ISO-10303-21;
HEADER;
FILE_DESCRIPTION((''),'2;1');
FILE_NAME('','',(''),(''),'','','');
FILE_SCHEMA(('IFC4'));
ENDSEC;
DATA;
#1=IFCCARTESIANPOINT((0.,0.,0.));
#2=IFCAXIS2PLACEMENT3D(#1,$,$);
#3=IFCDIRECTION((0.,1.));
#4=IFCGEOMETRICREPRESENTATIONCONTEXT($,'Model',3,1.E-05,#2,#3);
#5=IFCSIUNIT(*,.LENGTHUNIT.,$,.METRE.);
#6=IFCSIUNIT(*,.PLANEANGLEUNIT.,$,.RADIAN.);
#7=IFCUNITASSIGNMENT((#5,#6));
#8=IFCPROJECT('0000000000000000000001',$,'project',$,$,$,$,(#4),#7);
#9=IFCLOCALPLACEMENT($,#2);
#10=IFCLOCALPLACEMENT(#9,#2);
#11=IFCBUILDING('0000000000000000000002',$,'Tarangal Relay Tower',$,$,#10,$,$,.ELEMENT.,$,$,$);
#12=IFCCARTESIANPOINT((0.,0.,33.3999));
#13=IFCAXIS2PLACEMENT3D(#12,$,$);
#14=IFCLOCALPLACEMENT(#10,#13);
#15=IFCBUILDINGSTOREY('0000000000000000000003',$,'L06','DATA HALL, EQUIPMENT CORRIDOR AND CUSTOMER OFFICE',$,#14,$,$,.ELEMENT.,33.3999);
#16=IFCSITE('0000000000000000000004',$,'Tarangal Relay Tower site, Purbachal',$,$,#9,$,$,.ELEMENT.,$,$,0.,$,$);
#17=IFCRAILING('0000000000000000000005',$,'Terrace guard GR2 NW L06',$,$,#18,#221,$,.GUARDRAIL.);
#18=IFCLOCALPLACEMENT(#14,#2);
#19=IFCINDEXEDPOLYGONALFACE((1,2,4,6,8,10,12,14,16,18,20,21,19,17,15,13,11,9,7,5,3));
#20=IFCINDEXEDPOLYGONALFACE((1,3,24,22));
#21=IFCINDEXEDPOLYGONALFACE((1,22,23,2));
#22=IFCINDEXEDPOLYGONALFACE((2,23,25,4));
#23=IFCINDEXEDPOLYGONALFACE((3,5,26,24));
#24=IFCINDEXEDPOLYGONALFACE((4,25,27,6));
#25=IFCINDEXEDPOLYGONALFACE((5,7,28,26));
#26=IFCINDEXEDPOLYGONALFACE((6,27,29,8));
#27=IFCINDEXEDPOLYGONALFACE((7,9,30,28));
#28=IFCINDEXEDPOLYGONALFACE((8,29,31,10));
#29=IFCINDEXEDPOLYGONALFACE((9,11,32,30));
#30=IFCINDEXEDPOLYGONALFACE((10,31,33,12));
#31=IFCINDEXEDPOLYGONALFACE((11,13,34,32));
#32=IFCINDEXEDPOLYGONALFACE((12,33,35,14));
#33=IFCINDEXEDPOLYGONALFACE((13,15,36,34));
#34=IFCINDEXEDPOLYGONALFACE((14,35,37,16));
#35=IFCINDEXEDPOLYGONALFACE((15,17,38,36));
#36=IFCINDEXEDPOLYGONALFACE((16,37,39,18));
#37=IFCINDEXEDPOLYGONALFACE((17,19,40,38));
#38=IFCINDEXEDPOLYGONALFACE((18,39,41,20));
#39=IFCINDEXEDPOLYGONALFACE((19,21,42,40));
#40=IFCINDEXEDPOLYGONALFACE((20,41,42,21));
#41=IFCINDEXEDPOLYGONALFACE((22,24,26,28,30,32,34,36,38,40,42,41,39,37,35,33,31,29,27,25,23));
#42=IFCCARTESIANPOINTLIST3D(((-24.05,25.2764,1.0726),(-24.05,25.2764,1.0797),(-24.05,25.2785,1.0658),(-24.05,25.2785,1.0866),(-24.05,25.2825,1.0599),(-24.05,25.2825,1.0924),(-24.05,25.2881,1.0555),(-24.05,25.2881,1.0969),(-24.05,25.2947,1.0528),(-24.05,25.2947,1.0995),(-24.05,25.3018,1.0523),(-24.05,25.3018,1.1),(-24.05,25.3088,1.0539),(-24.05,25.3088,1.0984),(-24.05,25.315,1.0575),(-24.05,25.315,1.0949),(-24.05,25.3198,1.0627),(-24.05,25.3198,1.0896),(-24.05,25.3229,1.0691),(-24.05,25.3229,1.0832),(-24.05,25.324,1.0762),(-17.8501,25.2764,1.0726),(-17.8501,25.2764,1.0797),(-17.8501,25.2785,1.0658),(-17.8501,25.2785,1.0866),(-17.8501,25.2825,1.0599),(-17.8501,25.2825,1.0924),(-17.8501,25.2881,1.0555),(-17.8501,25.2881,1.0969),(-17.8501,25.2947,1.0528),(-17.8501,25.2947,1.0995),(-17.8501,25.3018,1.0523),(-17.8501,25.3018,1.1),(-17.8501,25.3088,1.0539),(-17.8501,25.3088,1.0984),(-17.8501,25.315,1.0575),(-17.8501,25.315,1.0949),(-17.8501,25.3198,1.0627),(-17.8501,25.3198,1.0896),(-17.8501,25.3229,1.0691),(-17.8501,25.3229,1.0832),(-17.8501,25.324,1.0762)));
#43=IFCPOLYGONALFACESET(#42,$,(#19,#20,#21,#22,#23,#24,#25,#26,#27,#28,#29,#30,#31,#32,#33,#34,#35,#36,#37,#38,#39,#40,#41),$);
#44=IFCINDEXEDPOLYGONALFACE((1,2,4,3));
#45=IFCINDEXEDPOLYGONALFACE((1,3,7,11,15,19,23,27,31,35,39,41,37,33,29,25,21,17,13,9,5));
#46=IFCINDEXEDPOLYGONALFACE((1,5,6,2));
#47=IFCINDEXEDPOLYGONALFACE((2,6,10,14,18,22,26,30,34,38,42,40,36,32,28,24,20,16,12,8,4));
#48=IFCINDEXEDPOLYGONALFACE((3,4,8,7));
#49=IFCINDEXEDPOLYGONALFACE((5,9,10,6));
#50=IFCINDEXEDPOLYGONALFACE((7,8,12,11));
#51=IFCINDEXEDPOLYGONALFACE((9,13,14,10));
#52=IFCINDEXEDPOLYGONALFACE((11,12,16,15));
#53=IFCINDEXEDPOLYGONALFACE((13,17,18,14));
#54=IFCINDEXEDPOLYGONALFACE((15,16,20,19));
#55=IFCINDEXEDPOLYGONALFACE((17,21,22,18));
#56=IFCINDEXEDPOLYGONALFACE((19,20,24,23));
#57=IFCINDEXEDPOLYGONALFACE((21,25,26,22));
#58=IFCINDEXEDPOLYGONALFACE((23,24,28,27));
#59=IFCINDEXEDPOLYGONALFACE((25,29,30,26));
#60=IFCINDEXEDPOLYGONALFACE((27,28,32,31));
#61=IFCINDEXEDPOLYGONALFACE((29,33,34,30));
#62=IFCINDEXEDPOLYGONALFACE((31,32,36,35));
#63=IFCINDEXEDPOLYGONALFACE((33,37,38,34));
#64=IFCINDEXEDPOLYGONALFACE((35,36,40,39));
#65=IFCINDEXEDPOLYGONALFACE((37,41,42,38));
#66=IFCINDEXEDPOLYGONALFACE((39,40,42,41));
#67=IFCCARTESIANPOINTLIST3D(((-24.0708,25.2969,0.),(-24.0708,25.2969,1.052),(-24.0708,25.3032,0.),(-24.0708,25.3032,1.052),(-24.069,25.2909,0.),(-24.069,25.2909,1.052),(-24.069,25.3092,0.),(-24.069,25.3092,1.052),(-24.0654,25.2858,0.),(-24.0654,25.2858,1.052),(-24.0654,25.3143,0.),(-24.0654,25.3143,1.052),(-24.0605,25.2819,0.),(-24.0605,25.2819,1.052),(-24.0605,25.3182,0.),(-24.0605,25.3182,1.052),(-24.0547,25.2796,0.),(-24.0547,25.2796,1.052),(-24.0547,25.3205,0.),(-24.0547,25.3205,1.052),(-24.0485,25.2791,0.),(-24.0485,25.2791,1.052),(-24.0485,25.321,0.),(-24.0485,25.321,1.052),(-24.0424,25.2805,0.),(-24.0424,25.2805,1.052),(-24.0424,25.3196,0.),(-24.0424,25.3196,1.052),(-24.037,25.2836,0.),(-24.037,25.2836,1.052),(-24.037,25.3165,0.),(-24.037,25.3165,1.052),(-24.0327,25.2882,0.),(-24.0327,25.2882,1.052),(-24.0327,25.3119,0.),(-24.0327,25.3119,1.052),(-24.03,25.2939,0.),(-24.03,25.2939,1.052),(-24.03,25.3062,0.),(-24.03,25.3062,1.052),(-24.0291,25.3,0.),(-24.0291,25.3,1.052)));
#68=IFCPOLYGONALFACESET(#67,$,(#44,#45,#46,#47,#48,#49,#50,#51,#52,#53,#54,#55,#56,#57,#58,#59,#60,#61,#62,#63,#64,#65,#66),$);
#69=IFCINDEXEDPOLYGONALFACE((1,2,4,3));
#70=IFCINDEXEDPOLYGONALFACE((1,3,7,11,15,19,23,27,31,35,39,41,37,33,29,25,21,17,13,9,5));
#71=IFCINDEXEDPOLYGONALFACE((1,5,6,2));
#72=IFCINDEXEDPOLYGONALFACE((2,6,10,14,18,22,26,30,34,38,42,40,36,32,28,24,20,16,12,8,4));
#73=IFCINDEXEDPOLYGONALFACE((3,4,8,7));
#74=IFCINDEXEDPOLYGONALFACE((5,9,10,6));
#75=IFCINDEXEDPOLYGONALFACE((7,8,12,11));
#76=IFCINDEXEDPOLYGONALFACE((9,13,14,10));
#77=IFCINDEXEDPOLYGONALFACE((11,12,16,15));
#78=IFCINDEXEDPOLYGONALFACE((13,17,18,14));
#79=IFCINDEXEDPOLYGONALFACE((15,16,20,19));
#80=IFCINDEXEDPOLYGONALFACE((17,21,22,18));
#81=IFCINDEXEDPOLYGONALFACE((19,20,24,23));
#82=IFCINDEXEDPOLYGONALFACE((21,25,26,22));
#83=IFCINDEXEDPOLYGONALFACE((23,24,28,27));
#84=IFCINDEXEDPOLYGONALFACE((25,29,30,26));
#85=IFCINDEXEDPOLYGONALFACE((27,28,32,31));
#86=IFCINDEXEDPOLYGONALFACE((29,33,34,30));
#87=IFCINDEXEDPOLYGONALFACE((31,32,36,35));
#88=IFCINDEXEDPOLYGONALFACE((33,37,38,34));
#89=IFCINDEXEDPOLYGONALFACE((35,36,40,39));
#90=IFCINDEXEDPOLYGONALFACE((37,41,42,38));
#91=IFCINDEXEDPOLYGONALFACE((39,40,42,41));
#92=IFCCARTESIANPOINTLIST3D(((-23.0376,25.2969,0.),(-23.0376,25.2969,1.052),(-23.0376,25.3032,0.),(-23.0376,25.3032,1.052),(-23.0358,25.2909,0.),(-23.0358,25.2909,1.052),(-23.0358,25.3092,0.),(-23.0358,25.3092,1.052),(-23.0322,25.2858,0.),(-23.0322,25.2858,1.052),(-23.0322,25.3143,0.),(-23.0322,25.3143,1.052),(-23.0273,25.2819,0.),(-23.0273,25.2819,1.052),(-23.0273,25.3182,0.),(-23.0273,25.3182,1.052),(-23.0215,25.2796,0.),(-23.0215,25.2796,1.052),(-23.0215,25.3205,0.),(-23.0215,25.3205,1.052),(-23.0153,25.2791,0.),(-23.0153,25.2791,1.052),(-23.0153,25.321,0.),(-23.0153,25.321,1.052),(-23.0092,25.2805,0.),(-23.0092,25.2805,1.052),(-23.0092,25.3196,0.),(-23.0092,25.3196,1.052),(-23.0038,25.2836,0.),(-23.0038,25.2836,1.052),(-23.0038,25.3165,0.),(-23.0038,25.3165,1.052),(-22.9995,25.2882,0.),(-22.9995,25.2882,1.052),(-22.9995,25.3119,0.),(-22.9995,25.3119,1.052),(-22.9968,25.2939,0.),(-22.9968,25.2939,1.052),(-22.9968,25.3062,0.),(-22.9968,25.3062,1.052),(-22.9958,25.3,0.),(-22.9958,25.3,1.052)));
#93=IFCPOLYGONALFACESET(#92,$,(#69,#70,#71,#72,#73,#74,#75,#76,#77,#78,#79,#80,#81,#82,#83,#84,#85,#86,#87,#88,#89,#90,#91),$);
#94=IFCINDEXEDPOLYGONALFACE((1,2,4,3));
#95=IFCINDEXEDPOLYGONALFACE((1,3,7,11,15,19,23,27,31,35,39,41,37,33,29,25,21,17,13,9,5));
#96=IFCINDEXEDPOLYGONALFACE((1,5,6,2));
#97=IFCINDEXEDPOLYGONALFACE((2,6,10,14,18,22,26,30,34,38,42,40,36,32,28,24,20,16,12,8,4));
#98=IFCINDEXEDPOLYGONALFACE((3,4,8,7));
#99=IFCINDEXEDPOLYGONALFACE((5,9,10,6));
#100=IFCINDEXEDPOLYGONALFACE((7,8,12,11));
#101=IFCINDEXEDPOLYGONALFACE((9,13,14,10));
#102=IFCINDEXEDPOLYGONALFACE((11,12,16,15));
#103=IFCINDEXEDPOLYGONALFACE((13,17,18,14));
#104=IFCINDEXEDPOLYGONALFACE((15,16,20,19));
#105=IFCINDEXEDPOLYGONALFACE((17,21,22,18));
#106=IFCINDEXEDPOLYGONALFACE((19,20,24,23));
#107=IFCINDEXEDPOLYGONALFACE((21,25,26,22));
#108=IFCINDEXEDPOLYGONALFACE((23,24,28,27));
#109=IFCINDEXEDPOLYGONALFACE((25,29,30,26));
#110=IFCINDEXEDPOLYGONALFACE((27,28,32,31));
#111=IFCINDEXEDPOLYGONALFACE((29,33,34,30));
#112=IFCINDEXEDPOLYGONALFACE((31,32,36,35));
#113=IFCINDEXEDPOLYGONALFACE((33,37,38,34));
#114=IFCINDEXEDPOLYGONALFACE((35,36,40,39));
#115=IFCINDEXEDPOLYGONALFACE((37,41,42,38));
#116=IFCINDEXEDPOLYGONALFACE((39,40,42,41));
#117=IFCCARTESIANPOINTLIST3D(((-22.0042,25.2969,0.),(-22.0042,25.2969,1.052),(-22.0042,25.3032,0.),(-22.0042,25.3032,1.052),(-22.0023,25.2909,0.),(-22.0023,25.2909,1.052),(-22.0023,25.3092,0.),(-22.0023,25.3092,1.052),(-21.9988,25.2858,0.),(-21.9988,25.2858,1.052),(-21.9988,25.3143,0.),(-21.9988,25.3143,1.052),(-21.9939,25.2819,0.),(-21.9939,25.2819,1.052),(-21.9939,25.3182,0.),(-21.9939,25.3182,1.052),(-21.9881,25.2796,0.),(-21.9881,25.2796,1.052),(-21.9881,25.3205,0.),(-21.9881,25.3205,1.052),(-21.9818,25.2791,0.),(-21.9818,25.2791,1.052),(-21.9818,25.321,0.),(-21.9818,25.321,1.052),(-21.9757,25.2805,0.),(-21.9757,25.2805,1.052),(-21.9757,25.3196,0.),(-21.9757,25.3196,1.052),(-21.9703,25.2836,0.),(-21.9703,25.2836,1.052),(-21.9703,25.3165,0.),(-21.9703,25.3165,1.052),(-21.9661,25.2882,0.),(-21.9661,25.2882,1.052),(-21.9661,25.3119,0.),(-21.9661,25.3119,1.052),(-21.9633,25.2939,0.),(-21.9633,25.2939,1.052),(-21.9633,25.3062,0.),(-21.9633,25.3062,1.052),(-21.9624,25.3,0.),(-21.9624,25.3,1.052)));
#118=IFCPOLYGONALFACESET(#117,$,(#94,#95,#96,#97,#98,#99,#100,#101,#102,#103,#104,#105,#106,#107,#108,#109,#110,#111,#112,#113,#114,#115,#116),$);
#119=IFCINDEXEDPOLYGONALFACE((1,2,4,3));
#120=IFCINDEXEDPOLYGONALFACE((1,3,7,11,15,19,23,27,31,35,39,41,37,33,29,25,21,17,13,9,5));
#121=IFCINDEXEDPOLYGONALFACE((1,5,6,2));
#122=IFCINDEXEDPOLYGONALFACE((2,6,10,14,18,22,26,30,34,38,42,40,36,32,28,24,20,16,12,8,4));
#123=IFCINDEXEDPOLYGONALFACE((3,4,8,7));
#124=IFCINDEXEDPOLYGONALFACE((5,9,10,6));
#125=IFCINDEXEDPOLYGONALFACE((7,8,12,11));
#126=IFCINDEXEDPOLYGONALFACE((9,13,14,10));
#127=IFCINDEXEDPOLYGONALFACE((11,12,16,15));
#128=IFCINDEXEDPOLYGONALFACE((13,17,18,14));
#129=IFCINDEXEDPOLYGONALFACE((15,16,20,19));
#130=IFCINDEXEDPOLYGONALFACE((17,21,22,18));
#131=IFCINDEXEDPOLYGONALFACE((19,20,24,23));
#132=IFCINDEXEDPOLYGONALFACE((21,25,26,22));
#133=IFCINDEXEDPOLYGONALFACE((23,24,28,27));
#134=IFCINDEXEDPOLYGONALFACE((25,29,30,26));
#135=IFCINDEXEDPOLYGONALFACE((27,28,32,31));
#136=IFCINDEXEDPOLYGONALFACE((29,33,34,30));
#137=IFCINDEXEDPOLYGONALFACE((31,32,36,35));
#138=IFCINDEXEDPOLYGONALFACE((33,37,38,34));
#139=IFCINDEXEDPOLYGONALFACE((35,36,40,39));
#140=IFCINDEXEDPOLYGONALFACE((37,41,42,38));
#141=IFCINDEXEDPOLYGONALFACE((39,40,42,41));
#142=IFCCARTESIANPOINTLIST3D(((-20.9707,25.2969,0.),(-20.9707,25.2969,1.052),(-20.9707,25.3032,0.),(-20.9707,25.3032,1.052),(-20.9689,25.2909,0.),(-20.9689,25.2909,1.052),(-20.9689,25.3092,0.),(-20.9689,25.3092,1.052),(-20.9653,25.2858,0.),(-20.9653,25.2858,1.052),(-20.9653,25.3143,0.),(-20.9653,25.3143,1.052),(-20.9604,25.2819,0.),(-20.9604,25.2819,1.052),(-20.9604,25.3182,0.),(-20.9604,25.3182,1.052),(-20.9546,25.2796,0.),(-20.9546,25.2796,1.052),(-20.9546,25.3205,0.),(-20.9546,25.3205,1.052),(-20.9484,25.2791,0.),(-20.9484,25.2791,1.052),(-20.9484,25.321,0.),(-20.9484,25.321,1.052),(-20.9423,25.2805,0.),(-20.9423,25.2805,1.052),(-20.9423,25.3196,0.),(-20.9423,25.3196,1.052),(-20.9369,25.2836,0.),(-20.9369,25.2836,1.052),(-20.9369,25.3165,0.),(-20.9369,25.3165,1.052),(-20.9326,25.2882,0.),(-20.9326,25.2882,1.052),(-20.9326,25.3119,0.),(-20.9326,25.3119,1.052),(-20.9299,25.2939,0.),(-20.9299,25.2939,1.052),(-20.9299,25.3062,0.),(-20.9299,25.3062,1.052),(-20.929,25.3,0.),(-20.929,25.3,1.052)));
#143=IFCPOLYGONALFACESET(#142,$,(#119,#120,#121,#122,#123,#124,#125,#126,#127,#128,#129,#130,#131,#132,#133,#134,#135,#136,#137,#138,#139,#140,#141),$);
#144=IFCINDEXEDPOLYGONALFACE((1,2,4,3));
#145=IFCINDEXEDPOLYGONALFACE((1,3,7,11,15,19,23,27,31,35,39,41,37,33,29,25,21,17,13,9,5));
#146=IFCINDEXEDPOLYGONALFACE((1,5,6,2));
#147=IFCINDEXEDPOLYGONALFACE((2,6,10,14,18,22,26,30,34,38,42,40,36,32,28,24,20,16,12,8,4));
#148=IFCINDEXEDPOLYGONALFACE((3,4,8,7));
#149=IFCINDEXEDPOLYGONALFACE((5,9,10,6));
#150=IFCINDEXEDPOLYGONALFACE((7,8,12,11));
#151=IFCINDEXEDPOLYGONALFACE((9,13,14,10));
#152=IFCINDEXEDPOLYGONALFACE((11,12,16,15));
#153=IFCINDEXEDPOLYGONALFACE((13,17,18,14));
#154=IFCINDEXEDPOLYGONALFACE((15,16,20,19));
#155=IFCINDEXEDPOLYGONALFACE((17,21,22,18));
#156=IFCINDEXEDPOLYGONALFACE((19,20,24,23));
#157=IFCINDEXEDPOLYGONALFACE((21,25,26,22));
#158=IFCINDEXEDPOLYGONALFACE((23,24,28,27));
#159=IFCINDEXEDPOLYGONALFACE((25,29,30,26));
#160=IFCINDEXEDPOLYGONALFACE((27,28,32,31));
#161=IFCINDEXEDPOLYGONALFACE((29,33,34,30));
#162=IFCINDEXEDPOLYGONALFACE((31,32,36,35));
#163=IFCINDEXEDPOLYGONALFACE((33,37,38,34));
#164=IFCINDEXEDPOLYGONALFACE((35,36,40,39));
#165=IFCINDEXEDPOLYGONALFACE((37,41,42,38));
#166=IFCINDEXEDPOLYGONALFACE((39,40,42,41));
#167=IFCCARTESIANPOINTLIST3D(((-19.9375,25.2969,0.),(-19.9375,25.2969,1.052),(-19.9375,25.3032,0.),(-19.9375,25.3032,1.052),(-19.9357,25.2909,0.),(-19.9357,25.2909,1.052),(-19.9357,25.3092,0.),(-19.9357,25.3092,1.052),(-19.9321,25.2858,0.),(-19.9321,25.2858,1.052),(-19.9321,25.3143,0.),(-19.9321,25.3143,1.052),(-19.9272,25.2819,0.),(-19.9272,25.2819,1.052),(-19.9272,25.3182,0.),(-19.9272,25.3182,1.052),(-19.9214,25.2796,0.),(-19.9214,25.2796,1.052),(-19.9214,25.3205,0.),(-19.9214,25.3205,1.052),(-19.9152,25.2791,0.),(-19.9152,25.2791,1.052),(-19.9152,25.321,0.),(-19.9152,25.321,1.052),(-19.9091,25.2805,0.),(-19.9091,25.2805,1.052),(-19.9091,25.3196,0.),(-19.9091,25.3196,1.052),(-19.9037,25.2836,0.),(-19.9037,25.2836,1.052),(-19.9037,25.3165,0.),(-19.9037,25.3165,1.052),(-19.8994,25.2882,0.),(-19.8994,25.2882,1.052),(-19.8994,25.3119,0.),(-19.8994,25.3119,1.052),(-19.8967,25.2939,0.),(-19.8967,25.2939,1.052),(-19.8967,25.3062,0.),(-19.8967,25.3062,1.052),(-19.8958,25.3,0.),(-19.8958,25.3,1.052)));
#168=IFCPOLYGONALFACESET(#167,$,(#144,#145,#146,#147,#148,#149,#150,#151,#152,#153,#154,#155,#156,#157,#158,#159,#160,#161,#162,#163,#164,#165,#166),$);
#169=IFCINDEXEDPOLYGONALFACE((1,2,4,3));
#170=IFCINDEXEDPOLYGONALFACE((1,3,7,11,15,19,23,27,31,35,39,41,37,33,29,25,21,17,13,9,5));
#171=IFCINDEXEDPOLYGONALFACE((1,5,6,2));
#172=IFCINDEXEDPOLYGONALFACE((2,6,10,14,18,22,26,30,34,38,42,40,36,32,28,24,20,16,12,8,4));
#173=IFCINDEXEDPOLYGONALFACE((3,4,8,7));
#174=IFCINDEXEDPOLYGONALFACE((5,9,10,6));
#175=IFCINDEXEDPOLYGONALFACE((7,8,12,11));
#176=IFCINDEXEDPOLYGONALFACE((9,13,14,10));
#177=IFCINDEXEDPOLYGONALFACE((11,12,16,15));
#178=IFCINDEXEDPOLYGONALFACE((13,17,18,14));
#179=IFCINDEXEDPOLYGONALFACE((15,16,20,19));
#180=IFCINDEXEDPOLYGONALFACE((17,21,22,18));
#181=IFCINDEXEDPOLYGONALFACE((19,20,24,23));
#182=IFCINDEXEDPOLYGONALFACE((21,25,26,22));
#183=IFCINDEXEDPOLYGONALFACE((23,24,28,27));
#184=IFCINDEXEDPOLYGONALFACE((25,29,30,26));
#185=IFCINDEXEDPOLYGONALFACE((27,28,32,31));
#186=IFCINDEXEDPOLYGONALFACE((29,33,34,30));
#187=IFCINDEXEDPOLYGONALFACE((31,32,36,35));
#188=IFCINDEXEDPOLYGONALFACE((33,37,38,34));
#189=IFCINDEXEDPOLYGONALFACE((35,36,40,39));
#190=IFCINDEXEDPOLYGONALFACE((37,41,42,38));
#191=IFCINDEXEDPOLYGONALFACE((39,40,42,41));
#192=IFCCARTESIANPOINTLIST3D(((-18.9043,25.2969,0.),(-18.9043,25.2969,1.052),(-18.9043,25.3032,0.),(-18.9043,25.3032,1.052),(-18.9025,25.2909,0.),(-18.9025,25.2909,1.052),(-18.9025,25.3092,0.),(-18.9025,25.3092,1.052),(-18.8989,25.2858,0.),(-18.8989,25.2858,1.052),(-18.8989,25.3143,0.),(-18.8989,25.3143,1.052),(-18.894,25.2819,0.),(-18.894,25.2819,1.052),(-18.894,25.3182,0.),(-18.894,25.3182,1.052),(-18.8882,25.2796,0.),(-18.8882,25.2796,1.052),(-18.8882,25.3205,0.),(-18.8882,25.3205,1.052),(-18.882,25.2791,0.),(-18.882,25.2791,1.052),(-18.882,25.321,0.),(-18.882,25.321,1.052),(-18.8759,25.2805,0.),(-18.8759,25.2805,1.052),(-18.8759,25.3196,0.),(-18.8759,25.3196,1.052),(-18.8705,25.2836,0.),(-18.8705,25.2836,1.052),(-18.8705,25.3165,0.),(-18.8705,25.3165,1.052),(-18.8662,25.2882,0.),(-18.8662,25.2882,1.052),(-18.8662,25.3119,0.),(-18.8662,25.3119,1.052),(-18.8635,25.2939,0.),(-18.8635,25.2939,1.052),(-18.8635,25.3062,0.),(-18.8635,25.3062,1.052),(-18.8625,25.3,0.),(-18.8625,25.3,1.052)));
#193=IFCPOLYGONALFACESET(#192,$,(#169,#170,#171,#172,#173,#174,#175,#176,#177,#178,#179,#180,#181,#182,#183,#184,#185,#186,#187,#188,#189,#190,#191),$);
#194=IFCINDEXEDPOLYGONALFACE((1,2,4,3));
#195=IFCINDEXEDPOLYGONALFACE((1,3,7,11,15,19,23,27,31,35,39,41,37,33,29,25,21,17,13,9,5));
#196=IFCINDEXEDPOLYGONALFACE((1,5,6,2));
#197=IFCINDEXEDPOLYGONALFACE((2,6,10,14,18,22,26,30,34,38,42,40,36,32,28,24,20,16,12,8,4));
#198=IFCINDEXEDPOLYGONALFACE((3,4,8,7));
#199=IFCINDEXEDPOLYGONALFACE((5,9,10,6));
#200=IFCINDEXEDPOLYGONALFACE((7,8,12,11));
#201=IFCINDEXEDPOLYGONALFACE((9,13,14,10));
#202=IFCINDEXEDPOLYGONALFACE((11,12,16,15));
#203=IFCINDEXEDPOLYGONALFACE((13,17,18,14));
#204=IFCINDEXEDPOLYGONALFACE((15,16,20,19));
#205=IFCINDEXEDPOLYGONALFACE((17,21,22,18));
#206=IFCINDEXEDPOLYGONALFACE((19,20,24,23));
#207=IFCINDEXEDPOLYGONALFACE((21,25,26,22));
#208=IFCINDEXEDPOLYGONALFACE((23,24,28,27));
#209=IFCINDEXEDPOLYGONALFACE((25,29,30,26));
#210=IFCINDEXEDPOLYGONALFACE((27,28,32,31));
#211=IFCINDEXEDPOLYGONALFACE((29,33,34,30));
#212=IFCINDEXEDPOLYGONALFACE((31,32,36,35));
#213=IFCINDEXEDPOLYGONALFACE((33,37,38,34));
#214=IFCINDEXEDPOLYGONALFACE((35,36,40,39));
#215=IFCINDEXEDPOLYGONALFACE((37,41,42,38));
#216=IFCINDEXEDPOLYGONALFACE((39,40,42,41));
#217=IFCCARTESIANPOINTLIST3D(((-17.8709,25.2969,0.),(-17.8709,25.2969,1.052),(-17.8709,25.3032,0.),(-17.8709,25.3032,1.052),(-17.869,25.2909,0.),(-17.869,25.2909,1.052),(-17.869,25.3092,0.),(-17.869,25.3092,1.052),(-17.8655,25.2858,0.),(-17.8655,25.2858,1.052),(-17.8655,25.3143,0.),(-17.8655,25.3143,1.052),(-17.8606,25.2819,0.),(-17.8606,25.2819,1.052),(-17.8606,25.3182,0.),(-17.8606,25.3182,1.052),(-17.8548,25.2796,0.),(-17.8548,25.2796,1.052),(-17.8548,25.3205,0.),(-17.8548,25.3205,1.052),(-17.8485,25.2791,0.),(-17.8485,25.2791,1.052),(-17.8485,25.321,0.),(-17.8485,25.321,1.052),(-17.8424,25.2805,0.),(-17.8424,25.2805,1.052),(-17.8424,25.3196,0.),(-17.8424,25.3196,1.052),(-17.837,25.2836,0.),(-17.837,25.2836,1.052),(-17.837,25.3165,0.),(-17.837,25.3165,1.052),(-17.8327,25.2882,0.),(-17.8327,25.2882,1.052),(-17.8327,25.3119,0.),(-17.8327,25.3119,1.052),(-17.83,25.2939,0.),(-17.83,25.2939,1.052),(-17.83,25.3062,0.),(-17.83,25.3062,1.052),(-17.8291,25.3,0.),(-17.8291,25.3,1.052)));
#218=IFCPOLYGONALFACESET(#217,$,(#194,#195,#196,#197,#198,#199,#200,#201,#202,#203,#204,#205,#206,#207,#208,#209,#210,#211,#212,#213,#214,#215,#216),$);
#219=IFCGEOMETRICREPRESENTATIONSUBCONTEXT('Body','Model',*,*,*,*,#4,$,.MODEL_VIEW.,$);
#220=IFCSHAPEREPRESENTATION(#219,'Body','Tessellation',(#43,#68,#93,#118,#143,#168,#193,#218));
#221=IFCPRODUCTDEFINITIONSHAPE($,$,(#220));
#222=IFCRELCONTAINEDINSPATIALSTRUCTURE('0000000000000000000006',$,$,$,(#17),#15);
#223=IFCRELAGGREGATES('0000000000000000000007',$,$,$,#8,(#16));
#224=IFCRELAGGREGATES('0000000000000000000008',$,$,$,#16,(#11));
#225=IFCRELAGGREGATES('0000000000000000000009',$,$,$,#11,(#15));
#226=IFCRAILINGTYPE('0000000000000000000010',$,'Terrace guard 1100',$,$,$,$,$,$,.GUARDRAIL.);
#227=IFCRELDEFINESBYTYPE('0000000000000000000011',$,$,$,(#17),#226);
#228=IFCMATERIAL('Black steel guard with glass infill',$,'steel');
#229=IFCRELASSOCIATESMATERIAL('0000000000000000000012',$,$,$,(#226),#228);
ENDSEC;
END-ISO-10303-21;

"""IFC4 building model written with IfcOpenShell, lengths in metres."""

from ifc_helpers import new_model, si_unit, direction, frame, origin, origin_2d, place, context, subcontext, project, spatial, circle, extrude, material, type_object, element, save


model = new_model("IFC4")

# Units and contexts
model_context = context("Model", 3, precision=1e-05, world=origin(), true_north=direction((0.0, 1.0)))
body_context = subcontext(model_context, "Body", "Model", "MODEL_VIEW")
ifc_project = project(units=[si_unit("LENGTHUNIT", "METRE"), si_unit("PLANEANGLEUNIT", "RADIAN")], contexts=[model_context])

# Site, building, storey
site_placement = place(None, origin())
site = spatial("IfcSite", under=ifc_project, at=site_placement, Name="Tarangal Relay Tower site, Purbachal", CompositionType="ELEMENT", RefElevation=0.0)
building_placement = place(site_placement, origin())
building = spatial("IfcBuilding", under=site, at=building_placement, Name="Tarangal Relay Tower", CompositionType="ELEMENT")
storey_placement = place(building_placement, frame((0.0, 0.0, 33.3999)))
storey = spatial("IfcBuildingStorey", under=building, at=storey_placement, Name="L06", Description="DATA HALL, EQUIPMENT CORRIDOR AND CUSTOMER OFFICE", CompositionType="ELEMENT", Elevation=33.3999)

# Railing
ifc_material_1 = material(Name="Black steel guard with glass infill", Category="steel")
railing_type = type_object("IfcRailingType", Name="Terrace guard 1100", PredefinedType="GUARDRAIL", material=ifc_material_1)
railing_1_placement = place(storey_placement, frame((-24.05, 25.3, 0.0)))
element("IfcRailing", 1, at=railing_1_placement, inside=storey, type_object=railing_type, Name="Terrace guard GR2 NW L06", PredefinedType="GUARDRAIL", context=body_context, shape_type="SweptSolid", body=[
    extrude(circle(Radius=0.0239, at=origin_2d()), frame((0.0, 0.0, 1.0762), z_axis=(1.0, 0.0, 0.0), x_axis=(0.0, 1.0, 0.0)), (0.0, 0.0, 1.0), 6.2),
    extrude(circle(Radius=0.021, at=origin_2d()), origin(), (0.0, 0.0, 1.0), 1.052),
    extrude(circle(Radius=0.021, at=origin_2d()), frame((1.0332, 0.0, 0.0)), (0.0, 0.0, 1.0), 1.052),
    extrude(circle(Radius=0.021, at=origin_2d()), frame((2.0667, 0.0, 0.0)), (0.0, 0.0, 1.0), 1.052),
    extrude(circle(Radius=0.021, at=origin_2d()), frame((3.1001, 0.0, 0.0)), (0.0, 0.0, 1.0), 1.052),
    extrude(circle(Radius=0.021, at=origin_2d()), frame((4.1333, 0.0, 0.0)), (0.0, 0.0, 1.0), 1.052),
    extrude(circle(Radius=0.021, at=origin_2d()), frame((5.1665, 0.0, 0.0)), (0.0, 0.0, 1.0), 1.052),
    extrude(circle(Radius=0.021, at=origin_2d()), frame((6.2, 0.0, 0.0)), (0.0, 0.0, 1.0), 1.052),
])

save(model, "model.ifc")
